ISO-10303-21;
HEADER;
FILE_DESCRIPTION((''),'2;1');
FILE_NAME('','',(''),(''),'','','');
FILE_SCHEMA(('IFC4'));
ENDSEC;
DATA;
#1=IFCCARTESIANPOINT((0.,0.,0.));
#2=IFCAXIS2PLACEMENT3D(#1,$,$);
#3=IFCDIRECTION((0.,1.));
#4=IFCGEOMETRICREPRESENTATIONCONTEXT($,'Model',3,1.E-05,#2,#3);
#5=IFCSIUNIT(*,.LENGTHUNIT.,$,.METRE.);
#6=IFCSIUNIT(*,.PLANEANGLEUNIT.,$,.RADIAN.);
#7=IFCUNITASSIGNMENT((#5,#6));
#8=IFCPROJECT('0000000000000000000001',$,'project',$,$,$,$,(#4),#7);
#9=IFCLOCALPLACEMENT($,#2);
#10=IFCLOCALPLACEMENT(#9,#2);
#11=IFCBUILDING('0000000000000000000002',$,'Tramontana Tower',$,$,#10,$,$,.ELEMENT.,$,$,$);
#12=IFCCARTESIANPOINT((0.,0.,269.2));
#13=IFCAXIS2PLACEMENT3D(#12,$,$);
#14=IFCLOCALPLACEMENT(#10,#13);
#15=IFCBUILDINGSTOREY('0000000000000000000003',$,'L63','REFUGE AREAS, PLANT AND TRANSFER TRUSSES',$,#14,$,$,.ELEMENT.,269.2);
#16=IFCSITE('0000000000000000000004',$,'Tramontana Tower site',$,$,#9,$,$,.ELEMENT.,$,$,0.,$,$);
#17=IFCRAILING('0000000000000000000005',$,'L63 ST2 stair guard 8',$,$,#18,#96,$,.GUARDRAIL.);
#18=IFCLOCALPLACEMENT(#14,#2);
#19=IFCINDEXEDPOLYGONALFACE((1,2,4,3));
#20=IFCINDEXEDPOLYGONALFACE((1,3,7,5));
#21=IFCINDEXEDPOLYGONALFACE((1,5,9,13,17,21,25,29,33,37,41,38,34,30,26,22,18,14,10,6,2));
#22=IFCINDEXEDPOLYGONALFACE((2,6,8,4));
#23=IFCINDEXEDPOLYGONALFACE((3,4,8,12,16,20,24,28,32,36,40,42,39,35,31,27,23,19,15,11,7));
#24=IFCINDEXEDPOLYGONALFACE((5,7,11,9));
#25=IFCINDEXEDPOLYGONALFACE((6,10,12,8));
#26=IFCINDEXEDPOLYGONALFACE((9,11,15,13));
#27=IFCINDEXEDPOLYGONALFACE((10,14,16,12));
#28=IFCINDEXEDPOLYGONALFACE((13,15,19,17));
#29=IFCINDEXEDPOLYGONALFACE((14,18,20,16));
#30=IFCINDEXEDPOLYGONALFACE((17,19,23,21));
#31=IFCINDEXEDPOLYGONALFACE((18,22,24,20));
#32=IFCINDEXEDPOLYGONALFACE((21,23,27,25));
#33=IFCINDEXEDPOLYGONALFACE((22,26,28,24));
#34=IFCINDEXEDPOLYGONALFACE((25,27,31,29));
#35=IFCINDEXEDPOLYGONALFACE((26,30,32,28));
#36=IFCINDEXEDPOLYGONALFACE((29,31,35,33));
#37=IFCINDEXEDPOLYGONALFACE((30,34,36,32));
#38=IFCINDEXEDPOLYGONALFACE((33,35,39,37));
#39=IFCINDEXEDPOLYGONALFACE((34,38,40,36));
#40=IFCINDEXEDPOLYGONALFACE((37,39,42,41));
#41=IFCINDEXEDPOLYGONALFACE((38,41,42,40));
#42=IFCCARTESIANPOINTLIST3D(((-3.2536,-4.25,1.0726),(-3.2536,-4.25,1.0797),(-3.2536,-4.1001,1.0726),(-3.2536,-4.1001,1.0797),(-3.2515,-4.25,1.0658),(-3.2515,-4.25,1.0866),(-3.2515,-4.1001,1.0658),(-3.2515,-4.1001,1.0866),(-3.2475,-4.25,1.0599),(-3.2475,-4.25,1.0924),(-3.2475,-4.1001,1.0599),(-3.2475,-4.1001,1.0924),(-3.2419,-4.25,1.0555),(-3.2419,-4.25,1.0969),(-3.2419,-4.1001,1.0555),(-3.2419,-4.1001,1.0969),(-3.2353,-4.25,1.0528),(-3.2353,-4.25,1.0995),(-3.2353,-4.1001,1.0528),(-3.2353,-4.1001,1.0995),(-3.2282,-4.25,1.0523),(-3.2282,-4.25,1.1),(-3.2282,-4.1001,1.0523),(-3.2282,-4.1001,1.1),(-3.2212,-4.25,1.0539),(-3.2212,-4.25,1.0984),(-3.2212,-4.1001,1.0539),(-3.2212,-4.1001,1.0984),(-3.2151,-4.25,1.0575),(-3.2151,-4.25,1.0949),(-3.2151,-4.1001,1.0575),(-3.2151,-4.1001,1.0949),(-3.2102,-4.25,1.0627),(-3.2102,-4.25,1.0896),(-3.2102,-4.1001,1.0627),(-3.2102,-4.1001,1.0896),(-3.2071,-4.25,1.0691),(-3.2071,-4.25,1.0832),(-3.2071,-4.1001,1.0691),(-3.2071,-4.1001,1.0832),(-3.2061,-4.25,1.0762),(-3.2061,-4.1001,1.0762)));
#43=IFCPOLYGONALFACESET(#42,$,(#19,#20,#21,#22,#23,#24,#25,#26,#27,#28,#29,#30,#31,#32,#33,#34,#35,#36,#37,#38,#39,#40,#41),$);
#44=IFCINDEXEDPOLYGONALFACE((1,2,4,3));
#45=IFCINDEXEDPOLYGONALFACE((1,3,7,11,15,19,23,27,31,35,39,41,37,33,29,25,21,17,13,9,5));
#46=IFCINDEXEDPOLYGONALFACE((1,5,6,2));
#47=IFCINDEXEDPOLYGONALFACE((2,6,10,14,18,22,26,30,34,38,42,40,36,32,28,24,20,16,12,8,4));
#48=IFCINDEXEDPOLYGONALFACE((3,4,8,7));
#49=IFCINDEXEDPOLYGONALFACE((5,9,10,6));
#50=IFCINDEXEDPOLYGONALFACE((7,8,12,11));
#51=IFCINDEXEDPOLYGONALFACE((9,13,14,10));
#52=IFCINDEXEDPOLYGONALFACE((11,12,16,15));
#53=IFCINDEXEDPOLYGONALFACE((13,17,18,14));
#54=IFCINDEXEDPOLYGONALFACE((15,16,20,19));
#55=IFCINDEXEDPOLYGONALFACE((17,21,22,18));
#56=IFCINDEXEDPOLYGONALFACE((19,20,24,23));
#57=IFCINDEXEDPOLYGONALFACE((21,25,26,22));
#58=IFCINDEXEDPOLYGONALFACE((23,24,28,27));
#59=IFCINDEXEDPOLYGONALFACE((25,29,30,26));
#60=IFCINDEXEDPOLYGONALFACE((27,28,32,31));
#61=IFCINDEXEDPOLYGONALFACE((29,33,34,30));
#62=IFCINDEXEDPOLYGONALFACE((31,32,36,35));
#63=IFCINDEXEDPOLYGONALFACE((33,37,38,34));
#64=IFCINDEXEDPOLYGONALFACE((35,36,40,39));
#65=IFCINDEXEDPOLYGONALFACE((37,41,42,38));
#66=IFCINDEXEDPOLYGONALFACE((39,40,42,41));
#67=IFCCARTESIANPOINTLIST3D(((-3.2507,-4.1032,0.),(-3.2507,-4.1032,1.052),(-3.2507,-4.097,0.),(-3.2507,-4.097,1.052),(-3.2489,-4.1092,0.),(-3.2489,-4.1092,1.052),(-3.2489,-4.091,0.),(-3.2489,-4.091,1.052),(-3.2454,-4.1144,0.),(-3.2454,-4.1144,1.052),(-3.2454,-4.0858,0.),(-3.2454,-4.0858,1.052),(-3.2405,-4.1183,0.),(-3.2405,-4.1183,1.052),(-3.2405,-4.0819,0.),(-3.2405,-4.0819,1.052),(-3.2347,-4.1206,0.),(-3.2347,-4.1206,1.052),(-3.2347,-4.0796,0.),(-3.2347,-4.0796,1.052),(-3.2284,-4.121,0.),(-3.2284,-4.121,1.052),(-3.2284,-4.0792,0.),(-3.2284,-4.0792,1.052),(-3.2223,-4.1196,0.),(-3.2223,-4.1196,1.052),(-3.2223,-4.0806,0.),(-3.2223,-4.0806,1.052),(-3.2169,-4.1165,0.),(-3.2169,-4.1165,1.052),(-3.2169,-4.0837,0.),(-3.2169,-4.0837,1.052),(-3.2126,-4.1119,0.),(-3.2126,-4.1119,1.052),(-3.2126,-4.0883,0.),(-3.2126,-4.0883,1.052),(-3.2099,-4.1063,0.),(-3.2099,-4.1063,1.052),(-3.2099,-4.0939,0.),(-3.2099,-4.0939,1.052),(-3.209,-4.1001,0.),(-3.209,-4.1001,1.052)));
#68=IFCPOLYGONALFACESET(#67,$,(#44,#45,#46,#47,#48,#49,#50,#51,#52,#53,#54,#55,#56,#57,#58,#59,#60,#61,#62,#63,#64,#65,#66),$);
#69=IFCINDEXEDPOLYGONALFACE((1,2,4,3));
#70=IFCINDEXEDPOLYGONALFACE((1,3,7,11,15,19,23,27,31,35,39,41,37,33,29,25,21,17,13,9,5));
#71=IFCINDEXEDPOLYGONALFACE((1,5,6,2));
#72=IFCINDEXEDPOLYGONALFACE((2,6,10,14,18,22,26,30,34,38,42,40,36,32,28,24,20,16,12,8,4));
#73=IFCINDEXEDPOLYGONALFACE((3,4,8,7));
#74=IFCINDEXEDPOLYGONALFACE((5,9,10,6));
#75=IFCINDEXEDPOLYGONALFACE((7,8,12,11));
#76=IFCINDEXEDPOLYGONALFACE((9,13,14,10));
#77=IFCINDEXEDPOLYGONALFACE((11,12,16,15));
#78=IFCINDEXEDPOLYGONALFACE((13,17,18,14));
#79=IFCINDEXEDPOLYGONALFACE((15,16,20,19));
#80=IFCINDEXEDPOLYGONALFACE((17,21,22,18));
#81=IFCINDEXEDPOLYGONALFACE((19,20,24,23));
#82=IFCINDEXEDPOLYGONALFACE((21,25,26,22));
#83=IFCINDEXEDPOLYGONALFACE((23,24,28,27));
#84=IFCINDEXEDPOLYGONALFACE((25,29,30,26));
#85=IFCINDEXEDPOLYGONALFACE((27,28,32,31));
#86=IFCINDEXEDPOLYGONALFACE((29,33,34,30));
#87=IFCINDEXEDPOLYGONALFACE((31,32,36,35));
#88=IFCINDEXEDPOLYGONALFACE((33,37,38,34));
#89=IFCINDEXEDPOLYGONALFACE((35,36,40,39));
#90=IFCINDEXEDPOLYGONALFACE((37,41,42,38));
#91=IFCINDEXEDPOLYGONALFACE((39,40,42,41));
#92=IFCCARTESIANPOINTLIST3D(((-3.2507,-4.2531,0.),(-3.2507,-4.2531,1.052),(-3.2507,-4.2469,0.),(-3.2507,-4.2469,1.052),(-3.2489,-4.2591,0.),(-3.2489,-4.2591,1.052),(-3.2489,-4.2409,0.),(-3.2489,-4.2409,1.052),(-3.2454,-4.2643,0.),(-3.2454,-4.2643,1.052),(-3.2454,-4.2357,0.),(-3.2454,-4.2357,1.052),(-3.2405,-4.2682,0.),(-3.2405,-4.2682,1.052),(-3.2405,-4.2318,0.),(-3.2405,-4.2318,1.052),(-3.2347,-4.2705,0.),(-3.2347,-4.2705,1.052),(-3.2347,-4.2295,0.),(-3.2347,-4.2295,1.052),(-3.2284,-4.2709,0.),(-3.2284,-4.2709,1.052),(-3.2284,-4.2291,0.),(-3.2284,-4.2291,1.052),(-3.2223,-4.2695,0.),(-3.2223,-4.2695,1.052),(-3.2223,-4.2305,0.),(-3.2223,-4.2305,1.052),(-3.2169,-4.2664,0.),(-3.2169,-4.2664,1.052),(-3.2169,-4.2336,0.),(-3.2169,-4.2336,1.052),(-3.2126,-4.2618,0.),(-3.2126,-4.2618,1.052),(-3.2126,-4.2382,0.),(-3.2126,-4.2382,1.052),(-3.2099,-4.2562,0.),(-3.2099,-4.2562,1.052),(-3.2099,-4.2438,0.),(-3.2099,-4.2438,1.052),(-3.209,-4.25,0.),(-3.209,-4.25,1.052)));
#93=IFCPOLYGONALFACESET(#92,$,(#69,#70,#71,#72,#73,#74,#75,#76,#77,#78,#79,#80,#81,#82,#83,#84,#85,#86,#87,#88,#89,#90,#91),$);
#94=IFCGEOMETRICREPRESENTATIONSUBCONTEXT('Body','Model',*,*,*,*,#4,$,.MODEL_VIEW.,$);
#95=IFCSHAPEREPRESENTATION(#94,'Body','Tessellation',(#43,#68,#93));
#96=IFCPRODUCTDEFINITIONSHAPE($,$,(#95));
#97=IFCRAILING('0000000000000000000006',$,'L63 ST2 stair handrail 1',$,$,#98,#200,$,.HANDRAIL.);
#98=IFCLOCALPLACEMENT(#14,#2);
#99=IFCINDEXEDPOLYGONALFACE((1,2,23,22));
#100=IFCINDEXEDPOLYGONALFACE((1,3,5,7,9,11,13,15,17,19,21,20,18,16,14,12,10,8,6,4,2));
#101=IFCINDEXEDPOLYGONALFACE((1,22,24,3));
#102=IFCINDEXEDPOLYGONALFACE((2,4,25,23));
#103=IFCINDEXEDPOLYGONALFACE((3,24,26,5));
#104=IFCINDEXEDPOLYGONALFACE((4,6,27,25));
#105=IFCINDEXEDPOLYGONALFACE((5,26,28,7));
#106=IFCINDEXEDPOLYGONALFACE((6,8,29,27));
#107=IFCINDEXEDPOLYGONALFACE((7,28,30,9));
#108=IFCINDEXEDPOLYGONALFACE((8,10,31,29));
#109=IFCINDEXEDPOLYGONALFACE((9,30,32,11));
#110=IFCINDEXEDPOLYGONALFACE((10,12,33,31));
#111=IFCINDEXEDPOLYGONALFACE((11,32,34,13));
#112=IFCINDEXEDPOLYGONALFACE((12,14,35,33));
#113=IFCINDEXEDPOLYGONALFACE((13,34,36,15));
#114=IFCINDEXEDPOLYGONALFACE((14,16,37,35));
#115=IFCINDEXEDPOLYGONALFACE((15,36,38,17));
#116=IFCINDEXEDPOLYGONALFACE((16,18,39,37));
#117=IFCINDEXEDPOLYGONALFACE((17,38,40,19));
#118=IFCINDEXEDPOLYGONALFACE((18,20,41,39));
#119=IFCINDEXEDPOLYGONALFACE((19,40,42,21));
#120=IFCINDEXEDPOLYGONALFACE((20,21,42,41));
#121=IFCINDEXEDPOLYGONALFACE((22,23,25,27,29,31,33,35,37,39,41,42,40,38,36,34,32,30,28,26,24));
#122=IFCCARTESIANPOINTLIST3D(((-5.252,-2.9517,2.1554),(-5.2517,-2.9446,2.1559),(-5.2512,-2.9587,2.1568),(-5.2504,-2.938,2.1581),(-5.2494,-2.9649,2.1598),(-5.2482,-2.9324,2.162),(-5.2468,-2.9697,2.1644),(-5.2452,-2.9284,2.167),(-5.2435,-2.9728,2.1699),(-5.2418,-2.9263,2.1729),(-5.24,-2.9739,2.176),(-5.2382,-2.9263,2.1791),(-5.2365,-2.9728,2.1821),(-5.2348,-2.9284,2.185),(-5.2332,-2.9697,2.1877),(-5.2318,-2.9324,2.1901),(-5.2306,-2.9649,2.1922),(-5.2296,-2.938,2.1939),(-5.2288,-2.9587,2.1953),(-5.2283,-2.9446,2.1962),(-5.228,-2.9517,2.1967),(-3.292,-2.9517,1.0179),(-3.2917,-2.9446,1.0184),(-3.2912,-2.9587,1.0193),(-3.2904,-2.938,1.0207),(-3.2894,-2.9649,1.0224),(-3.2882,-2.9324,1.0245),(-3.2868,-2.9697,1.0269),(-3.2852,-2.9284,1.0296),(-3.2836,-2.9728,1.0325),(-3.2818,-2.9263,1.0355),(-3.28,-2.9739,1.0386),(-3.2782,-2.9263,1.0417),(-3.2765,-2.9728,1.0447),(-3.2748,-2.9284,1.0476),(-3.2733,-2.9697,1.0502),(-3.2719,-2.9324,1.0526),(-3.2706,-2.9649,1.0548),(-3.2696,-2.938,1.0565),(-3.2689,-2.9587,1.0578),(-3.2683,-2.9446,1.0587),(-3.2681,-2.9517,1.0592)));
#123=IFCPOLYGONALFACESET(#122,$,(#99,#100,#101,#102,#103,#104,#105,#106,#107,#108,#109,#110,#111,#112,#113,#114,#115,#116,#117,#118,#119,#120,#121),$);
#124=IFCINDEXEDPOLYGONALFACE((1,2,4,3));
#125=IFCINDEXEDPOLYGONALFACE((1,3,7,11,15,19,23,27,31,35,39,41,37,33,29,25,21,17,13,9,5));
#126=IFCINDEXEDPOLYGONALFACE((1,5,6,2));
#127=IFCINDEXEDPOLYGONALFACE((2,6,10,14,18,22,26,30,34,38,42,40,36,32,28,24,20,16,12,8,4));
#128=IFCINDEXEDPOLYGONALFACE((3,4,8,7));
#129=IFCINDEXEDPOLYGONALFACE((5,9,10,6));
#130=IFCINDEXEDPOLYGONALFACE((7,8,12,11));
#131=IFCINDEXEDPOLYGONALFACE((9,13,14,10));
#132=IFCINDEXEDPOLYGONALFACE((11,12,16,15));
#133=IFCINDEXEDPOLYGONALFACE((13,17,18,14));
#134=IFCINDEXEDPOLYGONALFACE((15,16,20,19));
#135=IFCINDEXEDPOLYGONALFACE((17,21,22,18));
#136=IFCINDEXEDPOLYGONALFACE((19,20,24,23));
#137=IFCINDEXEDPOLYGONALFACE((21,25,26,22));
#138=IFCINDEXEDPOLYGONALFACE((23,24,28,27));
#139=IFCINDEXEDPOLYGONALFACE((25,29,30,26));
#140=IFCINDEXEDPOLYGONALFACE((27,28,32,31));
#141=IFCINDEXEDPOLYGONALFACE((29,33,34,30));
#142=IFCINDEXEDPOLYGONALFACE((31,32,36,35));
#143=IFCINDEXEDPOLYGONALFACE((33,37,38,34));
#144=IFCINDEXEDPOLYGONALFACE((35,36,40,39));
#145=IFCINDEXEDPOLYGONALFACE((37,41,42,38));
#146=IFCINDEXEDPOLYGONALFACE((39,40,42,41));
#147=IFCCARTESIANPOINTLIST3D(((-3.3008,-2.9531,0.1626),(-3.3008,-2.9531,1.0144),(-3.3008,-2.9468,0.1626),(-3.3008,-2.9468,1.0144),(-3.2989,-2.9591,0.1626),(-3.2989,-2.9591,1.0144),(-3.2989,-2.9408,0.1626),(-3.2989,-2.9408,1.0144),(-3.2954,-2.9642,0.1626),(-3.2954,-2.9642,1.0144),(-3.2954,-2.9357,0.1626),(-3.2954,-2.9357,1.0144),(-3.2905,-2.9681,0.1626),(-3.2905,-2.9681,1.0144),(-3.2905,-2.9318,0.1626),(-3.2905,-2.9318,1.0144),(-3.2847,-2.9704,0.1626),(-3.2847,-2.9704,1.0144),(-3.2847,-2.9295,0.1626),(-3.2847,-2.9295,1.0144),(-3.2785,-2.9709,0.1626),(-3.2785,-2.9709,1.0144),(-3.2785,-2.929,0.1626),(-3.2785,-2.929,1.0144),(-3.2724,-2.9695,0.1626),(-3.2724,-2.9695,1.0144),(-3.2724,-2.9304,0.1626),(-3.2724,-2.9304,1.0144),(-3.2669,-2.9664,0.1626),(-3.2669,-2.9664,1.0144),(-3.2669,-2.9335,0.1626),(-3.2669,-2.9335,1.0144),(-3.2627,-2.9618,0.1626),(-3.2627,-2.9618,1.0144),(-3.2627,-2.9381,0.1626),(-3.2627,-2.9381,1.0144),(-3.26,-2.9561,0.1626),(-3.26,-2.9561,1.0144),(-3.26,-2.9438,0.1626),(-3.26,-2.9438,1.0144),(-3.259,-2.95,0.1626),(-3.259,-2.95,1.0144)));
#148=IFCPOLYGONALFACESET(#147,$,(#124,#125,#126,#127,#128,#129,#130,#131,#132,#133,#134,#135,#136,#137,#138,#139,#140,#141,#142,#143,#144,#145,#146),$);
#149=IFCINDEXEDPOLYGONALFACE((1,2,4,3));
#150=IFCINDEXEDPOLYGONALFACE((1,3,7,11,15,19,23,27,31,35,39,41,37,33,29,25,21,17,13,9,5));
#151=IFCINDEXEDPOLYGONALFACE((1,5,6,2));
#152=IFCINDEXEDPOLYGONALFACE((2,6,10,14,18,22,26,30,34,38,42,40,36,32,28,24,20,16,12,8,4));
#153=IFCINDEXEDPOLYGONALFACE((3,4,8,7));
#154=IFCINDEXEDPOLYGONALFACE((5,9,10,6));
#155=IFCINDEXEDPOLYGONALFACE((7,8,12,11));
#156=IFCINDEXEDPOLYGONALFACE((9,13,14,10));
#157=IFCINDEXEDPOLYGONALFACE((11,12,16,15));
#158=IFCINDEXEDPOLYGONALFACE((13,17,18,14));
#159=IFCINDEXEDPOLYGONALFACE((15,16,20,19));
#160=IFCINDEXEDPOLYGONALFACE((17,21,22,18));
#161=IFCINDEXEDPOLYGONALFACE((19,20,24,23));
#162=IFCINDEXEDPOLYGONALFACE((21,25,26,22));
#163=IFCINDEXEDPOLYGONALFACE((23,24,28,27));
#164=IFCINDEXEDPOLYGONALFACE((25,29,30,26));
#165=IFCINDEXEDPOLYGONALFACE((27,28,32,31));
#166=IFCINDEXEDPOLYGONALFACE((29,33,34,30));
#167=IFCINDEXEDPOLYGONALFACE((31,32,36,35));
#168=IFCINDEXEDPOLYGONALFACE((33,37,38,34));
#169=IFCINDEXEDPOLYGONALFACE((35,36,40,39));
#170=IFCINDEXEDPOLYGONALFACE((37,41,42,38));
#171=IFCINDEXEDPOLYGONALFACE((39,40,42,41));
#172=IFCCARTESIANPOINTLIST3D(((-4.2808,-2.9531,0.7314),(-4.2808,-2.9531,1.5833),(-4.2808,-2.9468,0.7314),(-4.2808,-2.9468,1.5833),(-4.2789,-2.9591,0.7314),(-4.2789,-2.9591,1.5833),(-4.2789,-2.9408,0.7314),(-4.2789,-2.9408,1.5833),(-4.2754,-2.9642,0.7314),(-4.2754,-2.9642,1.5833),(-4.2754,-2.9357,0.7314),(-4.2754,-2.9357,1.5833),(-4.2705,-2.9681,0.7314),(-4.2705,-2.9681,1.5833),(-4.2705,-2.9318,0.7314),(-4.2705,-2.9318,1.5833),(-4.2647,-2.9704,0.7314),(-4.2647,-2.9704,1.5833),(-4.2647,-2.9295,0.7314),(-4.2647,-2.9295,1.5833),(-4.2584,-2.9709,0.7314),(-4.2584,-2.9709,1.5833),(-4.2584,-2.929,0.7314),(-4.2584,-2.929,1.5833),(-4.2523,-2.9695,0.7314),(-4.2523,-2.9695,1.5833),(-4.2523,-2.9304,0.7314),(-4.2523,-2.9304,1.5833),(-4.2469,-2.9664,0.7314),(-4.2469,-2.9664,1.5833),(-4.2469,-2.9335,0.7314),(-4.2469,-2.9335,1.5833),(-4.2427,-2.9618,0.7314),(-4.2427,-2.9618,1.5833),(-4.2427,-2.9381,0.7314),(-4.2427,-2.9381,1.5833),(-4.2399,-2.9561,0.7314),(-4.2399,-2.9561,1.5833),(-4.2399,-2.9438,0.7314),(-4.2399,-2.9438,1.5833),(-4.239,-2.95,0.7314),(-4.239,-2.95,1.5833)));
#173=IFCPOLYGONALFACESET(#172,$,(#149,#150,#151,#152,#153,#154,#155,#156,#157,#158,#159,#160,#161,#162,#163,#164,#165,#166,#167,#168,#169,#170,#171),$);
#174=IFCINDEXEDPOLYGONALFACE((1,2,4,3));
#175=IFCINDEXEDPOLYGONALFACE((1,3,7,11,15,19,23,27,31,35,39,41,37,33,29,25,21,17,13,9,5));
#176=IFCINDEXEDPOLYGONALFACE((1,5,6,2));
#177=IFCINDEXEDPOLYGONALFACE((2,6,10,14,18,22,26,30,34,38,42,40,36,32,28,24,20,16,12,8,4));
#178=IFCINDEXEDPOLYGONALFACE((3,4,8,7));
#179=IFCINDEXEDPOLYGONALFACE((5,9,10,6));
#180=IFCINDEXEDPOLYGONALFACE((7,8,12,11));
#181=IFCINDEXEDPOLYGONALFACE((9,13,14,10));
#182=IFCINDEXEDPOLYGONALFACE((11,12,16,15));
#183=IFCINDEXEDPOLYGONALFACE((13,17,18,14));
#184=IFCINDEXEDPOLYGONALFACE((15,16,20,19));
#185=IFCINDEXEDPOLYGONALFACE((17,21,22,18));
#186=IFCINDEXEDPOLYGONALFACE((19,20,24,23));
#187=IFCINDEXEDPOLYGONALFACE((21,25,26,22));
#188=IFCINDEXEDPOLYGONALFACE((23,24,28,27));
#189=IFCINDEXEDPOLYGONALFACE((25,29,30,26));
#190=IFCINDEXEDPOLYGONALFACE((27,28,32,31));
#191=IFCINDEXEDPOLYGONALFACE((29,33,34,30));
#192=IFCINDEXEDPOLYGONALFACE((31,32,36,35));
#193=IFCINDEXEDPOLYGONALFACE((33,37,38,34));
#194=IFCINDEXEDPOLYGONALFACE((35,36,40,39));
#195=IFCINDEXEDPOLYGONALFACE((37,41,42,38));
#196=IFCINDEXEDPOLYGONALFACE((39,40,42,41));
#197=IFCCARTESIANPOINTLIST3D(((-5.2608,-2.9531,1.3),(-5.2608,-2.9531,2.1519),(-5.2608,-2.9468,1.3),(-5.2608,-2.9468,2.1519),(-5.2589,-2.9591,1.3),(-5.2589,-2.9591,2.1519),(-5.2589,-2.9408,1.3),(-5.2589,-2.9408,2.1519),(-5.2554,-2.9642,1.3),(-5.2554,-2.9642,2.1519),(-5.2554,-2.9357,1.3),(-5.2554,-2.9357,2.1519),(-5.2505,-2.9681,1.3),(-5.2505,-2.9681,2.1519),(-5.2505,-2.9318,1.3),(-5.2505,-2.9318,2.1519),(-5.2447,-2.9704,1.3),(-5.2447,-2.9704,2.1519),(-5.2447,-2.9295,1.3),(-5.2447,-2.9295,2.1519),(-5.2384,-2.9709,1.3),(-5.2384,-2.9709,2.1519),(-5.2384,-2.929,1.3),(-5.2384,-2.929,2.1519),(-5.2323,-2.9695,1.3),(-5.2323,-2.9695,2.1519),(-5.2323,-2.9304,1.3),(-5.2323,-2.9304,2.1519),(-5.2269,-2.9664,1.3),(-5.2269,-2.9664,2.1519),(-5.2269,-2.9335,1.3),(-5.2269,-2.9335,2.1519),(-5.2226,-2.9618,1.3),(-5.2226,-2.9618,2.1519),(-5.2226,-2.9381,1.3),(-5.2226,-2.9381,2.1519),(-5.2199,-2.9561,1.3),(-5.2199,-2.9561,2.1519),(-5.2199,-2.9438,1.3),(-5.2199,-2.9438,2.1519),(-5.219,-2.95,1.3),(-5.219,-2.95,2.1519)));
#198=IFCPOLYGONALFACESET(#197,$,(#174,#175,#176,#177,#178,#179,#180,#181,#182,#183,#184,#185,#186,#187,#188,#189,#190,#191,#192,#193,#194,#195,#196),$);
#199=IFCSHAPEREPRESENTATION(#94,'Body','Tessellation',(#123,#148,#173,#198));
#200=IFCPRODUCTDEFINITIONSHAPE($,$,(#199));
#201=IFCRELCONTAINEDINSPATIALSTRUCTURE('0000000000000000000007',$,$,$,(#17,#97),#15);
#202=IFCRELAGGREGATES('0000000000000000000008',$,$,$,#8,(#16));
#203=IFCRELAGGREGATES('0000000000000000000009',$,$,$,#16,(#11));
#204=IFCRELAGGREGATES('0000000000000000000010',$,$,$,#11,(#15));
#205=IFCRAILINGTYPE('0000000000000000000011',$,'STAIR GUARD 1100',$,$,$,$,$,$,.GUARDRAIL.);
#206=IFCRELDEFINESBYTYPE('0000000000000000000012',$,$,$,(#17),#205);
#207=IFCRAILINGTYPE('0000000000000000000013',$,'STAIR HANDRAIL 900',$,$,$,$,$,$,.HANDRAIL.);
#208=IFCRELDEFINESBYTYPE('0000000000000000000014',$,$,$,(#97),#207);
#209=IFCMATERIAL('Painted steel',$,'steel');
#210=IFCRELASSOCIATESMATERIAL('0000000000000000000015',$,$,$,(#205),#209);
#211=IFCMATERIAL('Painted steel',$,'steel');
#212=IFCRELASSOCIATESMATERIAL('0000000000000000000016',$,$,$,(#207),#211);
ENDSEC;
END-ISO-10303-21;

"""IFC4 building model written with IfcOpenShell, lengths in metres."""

from ifc_helpers import new_model, si_unit, direction, frame, origin, origin_2d, place, context, subcontext, project, spatial, circle, extrude, material, type_object, element, save


model = new_model("IFC4")

# Units and contexts
model_context = context("Model", 3, precision=1e-05, world=origin(), true_north=direction((0.0, 1.0)))
body_context = subcontext(model_context, "Body", "Model", "MODEL_VIEW")
ifc_project = project(units=[si_unit("LENGTHUNIT", "METRE"), si_unit("PLANEANGLEUNIT", "RADIAN")], contexts=[model_context])

# Site, building, storey
site_placement = place(None, origin())
site = spatial("IfcSite", under=ifc_project, at=site_placement, Name="Tramontana Tower site", CompositionType="ELEMENT", RefElevation=0.0)
building_placement = place(site_placement, origin())
building = spatial("IfcBuilding", under=site, at=building_placement, Name="Tramontana Tower", CompositionType="ELEMENT")
storey_placement = place(building_placement, frame((0.0, 0.0, 269.2)))
storey = spatial("IfcBuildingStorey", under=building, at=storey_placement, Name="L63", Description="REFUGE AREAS, PLANT AND TRANSFER TRUSSES", CompositionType="ELEMENT", Elevation=269.2)

# Railings
ifc_material_1 = material(Name="Painted steel", Category="steel")
railing_type_1 = type_object("IfcRailingType", Name="STAIR GUARD 1100", PredefinedType="GUARDRAIL", material=ifc_material_1)
for number, where, name in (
    (1, (-3.23, -4.1001, 0.0), "L63 ST2 stair guard 8"),
):
    element("IfcRailing", number, at=place(storey_placement, frame(where)), inside=storey, type_object=railing_type_1, Name=name, PredefinedType="GUARDRAIL", context=body_context, shape_type="SweptSolid", body=[
        extrude(circle(Radius=0.0239, at=origin_2d()), frame((0.0, 0.0, 1.0762), z_axis=(0.0, -1.0, 0.0), x_axis=(1.0, 0.0, 0.0)), (0.0, 0.0, 1.0), 0.1499),
        extrude(circle(Radius=0.021, at=origin_2d()), origin(), (0.0, 0.0, 1.0), 1.052),
        extrude(circle(Radius=0.021, at=origin_2d()), frame((0.0, -0.1499, 0.0)), (0.0, 0.0, 1.0), 1.052),
    ])
ifc_material_2 = material(Name="Painted steel", Category="steel")
railing_type_2 = type_object("IfcRailingType", Name="STAIR HANDRAIL 900", PredefinedType="HANDRAIL", material=ifc_material_2)
railing_1_placement = place(storey_placement, frame((-3.28, -2.95, 0.1626)))
element("IfcRailing", 2, at=railing_1_placement, inside=storey, type_object=railing_type_2, Name="L63 ST2 stair handrail 1", PredefinedType="HANDRAIL", context=body_context, shape_type="SweptSolid", body=[
    extrude(circle(Radius=0.0239, at=origin_2d()), frame((0.0, 0.0, 0.876), z_axis=(-0.864902, 0.0, 0.501941), x_axis=(0.0, -1.0, 0.0)), (0.0, 0.0, 1.0), 2.2661),
    extrude(circle(Radius=0.021, at=origin_2d()), origin(), (0.0, 0.0, 1.0), 0.8518),
    extrude(circle(Radius=0.021, at=origin_2d()), frame((-0.98, 0.0, 0.5688)), (0.0, 0.0, 1.0), 0.8518),
    extrude(circle(Radius=0.021, at=origin_2d()), frame((-1.96, 0.0, 1.1375)), (0.0, 0.0, 1.0), 0.8518),
])

save(model, "model.ifc")
